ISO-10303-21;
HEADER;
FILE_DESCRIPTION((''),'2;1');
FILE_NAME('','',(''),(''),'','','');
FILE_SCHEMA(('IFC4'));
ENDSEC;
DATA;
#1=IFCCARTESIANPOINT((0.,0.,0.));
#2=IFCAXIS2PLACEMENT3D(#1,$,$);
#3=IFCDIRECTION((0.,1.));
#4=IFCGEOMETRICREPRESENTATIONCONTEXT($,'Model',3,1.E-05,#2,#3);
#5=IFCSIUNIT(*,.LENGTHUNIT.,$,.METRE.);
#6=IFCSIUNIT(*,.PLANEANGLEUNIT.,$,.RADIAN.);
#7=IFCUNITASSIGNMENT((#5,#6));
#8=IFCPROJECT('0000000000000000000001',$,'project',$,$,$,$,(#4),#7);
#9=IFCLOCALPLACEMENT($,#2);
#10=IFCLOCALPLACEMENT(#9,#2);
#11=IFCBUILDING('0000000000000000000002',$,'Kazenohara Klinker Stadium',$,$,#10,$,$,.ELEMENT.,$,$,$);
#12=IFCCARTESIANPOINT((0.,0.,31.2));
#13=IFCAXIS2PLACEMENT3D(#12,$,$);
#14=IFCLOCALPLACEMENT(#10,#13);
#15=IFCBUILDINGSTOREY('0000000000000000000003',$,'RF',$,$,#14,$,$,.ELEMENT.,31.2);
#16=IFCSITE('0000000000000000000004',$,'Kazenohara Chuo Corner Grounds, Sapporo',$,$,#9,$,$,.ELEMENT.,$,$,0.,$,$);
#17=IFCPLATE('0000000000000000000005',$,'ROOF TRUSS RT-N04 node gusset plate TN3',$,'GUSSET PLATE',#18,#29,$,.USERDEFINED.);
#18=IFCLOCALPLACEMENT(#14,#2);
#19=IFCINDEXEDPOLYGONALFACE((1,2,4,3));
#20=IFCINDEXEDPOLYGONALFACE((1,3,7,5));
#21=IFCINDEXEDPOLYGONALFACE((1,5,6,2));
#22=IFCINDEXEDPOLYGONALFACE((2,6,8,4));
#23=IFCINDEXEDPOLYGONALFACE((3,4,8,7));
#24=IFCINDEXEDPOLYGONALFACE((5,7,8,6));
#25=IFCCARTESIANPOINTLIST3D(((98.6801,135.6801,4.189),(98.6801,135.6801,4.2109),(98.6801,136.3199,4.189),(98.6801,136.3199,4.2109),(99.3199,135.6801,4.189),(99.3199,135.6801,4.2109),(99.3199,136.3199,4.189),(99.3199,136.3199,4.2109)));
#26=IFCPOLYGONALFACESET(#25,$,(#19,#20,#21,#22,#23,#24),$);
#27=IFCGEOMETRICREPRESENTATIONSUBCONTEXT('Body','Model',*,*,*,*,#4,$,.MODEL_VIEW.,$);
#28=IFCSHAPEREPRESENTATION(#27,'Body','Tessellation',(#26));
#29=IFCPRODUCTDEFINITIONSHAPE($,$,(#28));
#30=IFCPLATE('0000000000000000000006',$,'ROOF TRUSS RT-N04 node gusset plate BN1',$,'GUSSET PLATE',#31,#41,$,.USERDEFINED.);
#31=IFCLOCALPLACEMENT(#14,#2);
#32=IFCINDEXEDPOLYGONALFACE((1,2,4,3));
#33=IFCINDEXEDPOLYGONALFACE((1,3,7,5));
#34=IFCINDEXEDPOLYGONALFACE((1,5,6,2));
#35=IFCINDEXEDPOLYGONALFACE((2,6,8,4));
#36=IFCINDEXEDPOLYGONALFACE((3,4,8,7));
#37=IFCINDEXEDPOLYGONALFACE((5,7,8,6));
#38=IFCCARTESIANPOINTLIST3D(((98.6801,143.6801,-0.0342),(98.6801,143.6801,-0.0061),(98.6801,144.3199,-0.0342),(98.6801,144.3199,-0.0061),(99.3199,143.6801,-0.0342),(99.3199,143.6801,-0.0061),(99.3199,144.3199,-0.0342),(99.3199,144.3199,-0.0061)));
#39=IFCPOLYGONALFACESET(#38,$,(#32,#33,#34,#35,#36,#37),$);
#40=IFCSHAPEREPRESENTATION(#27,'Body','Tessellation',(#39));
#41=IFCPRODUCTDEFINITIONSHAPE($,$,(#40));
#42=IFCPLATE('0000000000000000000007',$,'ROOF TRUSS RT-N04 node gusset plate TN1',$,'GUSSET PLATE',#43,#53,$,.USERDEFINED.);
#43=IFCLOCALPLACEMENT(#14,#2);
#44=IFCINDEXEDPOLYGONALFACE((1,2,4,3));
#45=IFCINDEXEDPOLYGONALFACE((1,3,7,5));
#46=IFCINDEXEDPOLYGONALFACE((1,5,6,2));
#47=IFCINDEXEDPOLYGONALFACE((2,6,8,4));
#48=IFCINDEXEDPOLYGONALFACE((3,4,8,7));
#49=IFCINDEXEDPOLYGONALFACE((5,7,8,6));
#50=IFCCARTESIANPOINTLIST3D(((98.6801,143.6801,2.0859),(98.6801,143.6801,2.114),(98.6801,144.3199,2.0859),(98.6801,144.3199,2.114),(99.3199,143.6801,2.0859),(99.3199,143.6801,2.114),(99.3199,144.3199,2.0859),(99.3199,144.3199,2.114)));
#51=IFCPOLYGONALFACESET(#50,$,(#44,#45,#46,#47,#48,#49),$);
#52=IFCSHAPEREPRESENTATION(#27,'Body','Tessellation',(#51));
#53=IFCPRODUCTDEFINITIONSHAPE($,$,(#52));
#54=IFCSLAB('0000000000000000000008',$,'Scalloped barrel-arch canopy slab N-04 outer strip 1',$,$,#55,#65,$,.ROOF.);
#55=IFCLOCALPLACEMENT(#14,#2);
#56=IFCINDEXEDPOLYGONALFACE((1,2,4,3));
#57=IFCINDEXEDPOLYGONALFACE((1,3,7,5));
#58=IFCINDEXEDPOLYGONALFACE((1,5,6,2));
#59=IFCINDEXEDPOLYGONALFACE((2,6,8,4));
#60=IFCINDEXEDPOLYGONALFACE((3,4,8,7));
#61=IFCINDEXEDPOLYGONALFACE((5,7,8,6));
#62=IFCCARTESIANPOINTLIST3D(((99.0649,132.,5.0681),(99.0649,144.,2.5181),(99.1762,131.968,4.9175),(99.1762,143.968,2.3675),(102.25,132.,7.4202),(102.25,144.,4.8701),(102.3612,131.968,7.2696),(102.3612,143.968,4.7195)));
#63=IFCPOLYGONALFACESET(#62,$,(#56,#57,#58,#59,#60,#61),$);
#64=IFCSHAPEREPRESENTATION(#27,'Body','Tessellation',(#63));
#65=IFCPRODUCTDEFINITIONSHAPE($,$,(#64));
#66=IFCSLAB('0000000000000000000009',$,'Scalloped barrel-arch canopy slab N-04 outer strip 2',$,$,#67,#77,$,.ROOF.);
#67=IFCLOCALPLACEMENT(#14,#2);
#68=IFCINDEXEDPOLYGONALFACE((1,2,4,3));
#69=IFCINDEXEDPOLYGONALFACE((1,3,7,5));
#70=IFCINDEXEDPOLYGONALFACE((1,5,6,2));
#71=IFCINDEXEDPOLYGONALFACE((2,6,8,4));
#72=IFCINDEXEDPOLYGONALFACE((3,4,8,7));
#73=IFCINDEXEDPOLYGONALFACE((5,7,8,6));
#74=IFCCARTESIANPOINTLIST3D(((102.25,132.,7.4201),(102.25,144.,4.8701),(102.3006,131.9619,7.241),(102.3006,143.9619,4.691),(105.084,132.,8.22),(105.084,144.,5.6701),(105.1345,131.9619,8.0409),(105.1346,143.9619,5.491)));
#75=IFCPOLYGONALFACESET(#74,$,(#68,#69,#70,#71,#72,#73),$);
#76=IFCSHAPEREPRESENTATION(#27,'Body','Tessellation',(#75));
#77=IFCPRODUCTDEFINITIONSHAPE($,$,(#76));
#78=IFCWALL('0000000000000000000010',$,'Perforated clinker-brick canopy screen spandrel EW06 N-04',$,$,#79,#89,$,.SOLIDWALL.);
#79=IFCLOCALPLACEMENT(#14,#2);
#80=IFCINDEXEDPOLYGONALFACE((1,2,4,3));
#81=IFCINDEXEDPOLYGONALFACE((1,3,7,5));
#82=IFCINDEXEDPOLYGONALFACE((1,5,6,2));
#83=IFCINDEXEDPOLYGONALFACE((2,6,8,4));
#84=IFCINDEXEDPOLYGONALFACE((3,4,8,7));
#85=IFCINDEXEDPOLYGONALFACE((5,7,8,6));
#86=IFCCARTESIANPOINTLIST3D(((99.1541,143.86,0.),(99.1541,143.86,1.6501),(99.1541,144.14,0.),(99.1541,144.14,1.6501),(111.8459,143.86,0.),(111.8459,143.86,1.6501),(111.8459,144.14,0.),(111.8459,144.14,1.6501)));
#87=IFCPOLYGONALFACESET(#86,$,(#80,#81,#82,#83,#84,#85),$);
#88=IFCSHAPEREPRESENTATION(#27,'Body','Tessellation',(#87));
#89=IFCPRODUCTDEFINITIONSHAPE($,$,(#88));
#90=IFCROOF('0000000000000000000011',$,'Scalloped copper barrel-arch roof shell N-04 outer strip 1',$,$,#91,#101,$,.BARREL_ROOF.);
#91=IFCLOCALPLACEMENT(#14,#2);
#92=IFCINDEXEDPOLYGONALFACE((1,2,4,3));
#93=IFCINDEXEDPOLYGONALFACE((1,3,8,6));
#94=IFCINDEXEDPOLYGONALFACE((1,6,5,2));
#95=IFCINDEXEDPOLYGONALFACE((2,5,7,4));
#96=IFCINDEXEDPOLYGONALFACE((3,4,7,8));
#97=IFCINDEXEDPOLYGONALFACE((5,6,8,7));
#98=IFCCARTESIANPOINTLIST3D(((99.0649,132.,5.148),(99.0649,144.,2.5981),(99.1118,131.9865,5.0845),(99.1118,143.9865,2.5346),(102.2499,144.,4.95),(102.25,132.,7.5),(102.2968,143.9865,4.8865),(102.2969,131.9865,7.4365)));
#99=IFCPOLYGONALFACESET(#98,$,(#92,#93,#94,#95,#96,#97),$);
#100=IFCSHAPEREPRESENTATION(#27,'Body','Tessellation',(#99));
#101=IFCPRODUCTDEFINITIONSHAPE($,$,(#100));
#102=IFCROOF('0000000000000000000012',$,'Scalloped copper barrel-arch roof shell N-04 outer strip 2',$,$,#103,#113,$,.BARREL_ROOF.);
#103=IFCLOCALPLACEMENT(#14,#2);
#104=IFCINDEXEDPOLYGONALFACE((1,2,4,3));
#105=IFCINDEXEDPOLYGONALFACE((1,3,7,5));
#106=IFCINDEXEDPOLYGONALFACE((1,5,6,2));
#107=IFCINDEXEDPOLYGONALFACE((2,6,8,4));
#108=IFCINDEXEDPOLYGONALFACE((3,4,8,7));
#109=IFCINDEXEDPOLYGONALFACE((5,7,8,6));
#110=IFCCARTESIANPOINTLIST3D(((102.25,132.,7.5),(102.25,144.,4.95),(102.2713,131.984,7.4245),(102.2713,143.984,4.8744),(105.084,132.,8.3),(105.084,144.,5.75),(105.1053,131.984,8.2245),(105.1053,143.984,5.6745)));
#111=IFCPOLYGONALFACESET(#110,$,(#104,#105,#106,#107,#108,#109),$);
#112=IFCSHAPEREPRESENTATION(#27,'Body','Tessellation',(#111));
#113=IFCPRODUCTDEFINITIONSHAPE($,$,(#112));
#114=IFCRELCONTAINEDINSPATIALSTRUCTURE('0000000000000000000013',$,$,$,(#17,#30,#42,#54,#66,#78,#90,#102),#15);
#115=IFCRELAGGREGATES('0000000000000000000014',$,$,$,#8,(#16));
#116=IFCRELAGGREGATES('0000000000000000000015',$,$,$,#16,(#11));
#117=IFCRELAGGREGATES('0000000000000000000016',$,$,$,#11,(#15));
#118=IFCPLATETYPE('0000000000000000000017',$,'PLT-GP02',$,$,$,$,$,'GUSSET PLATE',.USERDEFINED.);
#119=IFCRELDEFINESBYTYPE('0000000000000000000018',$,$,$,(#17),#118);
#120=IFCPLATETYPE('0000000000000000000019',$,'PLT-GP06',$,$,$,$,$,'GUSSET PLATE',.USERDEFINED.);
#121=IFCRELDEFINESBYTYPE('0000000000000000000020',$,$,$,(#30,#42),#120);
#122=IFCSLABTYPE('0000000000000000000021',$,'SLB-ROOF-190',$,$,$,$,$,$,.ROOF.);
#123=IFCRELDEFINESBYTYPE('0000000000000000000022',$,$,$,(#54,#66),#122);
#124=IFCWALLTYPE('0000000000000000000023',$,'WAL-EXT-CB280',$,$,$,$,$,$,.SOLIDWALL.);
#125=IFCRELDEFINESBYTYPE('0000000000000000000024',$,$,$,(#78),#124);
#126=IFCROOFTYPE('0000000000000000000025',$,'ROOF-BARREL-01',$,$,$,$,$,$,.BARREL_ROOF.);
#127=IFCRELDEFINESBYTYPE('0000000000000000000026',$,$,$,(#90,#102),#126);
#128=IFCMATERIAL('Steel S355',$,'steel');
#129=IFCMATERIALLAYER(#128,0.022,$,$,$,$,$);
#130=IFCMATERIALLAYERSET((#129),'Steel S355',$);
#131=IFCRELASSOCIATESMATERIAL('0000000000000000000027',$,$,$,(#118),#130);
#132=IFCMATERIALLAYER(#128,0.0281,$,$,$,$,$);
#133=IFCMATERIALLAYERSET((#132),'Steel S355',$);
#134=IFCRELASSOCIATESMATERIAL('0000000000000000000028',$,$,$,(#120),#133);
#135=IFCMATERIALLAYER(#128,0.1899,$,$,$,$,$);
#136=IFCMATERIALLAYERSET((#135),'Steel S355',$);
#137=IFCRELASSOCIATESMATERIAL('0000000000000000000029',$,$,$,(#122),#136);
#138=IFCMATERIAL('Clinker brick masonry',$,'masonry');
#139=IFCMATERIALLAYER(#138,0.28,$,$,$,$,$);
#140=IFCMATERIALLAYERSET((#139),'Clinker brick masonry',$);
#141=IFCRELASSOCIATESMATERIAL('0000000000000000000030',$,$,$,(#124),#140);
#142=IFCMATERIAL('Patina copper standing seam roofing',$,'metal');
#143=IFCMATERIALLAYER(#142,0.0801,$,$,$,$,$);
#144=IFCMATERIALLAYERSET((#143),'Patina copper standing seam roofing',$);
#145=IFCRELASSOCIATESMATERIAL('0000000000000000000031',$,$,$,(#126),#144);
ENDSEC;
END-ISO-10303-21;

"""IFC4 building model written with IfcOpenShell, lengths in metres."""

from ifc_helpers import new_model, si_unit, direction, frame, frame_2d, origin, origin_2d, place, context, subcontext, project, spatial, polyline, rectangle, outline, extrude, material, layer, layer_set, type_object, element, save


model = new_model("IFC4")

# Units and contexts
model_context = context("Model", 3, precision=1e-05, world=origin(), true_north=direction((0.0, 1.0)))
body_context = subcontext(model_context, "Body", "Model", "MODEL_VIEW")
ifc_project = project(units=[si_unit("LENGTHUNIT", "METRE"), si_unit("PLANEANGLEUNIT", "RADIAN")], contexts=[model_context])

# Site, building, storey
site_placement = place(None, origin())
site = spatial("IfcSite", under=ifc_project, at=site_placement, Name="Kazenohara Chuo Corner Grounds, Sapporo", CompositionType="ELEMENT", RefElevation=0.0)
building_placement = place(site_placement, origin())
building = spatial("IfcBuilding", under=site, at=building_placement, Name="Kazenohara Klinker Stadium", CompositionType="ELEMENT")
storey_placement = place(building_placement, frame((0.0, 0.0, 31.2)))
storey = spatial("IfcBuildingStorey", under=building, at=storey_placement, Name="RF", CompositionType="ELEMENT", Elevation=31.2)

# Shared definitions
ifc_material_1 = material(Name="Steel S355", Category="steel")

# Plates
ifc_layer_1 = layer(ifc_material_1, 0.022)
ifc_layer_set_1 = layer_set([ifc_layer_1], Name="Steel S355")
plate_type_1 = type_object("IfcPlateType", Name="PLT-GP02", ElementType="GUSSET PLATE", PredefinedType="USERDEFINED", material=ifc_layer_set_1)
for number, where, z_axis, x_axis, name in (
    (1, (99.0, 136.0, 4.189), (0.0, 0.0, 1.0), (1.0, 0.0, 0.0), "ROOF TRUSS RT-N04 node gusset plate TN3"),
):
    element("IfcPlate", number, at=place(storey_placement, frame(where, z_axis=z_axis, x_axis=x_axis)), inside=storey, type_object=plate_type_1, Name=name, ObjectType="GUSSET PLATE", PredefinedType="USERDEFINED", context=body_context, shape_type="SweptSolid", body=[
        extrude(rectangle(XDim=0.6399, YDim=0.6399, at=origin_2d()), origin(), (0.0, 0.0, 1.0), 0.022),
    ])
ifc_layer_2 = layer(ifc_material_1, 0.0281)
ifc_layer_set_2 = layer_set([ifc_layer_2], Name="Steel S355")
plate_type_2 = type_object("IfcPlateType", Name="PLT-GP06", ElementType="GUSSET PLATE", PredefinedType="USERDEFINED", material=ifc_layer_set_2)
for number, where, z_axis, x_axis, name in (
    (2, (99.0, 144.0, -0.0342), (0.0, 0.0, 1.0), (1.0, 0.0, 0.0), "ROOF TRUSS RT-N04 node gusset plate BN1"),
    (3, (99.0, 144.0, 2.0859), (0.0, 0.0, 1.0), (1.0, 0.0, 0.0), "ROOF TRUSS RT-N04 node gusset plate TN1"),
):
    element("IfcPlate", number, at=place(storey_placement, frame(where, z_axis=z_axis, x_axis=x_axis)), inside=storey, type_object=plate_type_2, Name=name, ObjectType="GUSSET PLATE", PredefinedType="USERDEFINED", context=body_context, shape_type="SweptSolid", body=[
        extrude(rectangle(XDim=0.6399, YDim=0.6399, at=origin_2d()), origin(), (0.0, 0.0, 1.0), 0.0281),
    ])

# Slabs
ifc_layer_3 = layer(ifc_material_1, 0.1899)
ifc_layer_set_3 = layer_set([ifc_layer_3], Name="Steel S355")
slab_type = type_object("IfcSlabType", Name="SLB-ROOF-190", PredefinedType="ROOF", material=ifc_layer_set_3)
slab_1_placement = place(storey_placement, frame((99.0649, 144.0, 2.5181), z_axis=(-0.58555, 0.168501, 0.79293), x_axis=(0.0, -0.978158, 0.207863)))
element("IfcSlab", 4, at=slab_1_placement, inside=storey, type_object=slab_type, Name="Scalloped barrel-arch canopy slab N-04 outer strip 1", PredefinedType="ROOF", context=body_context, shape_type="SweptSolid", body=[
    extrude(outline(polyline([(0.0, 0.0), (12.268, 0.0), (12.7569, 3.9291), (0.4889, 3.9291), (0.0, 0.0)])), origin(), (0.0, 0.0, -1.0), 0.1899),
])
slab_2_placement = place(storey_placement, frame((102.25, 144.0, 4.8701), z_axis=(-0.26614, 0.200357, 0.942882), x_axis=(0.000002, -0.97816, 0.207854)))
element("IfcSlab", 5, at=slab_2_placement, inside=storey, type_object=slab_type, Name="Scalloped barrel-arch canopy slab N-04 outer strip 2", PredefinedType="ROOF", context=body_context, shape_type="SweptSolid", body=[
    extrude(outline(polyline([(0.0, 0.0), (12.268, 0.0), (12.4342, 2.94), (0.1663, 2.94), (0.0, 0.0)])), origin(), (0.0, 0.0, -1.0), 0.1899),
])

# Wall
ifc_material_2 = material(Name="Clinker brick masonry", Category="masonry")
ifc_layer_4 = layer(ifc_material_2, 0.28)
ifc_layer_set_4 = layer_set([ifc_layer_4], Name="Clinker brick masonry")
wall_type = type_object("IfcWallType", Name="WAL-EXT-CB280", PredefinedType="SOLIDWALL", material=ifc_layer_set_4)
wall_placement = place(storey_placement, frame((99.1541, 144.0, 0.0), z_axis=(0.0, 0.0, 1.0), x_axis=(1.0, 0.0, 0.0)))
element("IfcWall", 6, at=wall_placement, inside=storey, type_object=wall_type, Name="Perforated clinker-brick canopy screen spandrel EW06 N-04", PredefinedType="SOLIDWALL", context=body_context, shape_type="SweptSolid", body=[
    extrude(rectangle(XDim=12.6919, YDim=0.28, at=frame_2d((6.3459, 0.0))), origin(), (0.0, 0.0, 1.0), 1.6501),
])

# Roofs
ifc_material_3 = material(Name="Patina copper standing seam roofing", Category="metal")
ifc_layer_5 = layer(ifc_material_3, 0.0801)
ifc_layer_set_5 = layer_set([ifc_layer_5], Name="Patina copper standing seam roofing")
roof_type = type_object("IfcRoofType", Name="ROOF-BARREL-01", PredefinedType="BARREL_ROOF", material=ifc_layer_set_5)
roof_1_placement = place(storey_placement, frame((99.0649, 144.0, 2.5981), z_axis=(-0.585531, 0.168496, 0.792945), x_axis=(-0.000005, -0.978161, 0.20785)))
element("IfcRoof", 7, at=roof_1_placement, inside=storey, type_object=roof_type, Name="Scalloped copper barrel-arch roof shell N-04 outer strip 1", PredefinedType="BARREL_ROOF", context=body_context, shape_type="SweptSolid", body=[
    extrude(outline(polyline([(0.0, 0.0), (12.2679, 0.0), (12.7568, 3.9291), (0.4888, 3.929), (0.0, 0.0)])), origin(), (0.0, 0.0, -1.0), 0.0801),
])
roof_2_placement = place(storey_placement, frame((102.25, 144.0, 4.95), z_axis=(-0.266177, 0.200364, 0.94287), x_axis=(0.0, -0.978158, 0.207863)))
element("IfcRoof", 8, at=roof_2_placement, inside=storey, type_object=roof_type, Name="Scalloped copper barrel-arch roof shell N-04 outer strip 2", PredefinedType="BARREL_ROOF", context=body_context, shape_type="SweptSolid", body=[
    extrude(outline(polyline([(0.0, 0.0), (12.268, 0.0), (12.4343, 2.94), (0.1663, 2.94), (0.0, 0.0)])), origin(), (0.0, 0.0, -1.0), 0.0801),
])

save(model, "model.ifc")
